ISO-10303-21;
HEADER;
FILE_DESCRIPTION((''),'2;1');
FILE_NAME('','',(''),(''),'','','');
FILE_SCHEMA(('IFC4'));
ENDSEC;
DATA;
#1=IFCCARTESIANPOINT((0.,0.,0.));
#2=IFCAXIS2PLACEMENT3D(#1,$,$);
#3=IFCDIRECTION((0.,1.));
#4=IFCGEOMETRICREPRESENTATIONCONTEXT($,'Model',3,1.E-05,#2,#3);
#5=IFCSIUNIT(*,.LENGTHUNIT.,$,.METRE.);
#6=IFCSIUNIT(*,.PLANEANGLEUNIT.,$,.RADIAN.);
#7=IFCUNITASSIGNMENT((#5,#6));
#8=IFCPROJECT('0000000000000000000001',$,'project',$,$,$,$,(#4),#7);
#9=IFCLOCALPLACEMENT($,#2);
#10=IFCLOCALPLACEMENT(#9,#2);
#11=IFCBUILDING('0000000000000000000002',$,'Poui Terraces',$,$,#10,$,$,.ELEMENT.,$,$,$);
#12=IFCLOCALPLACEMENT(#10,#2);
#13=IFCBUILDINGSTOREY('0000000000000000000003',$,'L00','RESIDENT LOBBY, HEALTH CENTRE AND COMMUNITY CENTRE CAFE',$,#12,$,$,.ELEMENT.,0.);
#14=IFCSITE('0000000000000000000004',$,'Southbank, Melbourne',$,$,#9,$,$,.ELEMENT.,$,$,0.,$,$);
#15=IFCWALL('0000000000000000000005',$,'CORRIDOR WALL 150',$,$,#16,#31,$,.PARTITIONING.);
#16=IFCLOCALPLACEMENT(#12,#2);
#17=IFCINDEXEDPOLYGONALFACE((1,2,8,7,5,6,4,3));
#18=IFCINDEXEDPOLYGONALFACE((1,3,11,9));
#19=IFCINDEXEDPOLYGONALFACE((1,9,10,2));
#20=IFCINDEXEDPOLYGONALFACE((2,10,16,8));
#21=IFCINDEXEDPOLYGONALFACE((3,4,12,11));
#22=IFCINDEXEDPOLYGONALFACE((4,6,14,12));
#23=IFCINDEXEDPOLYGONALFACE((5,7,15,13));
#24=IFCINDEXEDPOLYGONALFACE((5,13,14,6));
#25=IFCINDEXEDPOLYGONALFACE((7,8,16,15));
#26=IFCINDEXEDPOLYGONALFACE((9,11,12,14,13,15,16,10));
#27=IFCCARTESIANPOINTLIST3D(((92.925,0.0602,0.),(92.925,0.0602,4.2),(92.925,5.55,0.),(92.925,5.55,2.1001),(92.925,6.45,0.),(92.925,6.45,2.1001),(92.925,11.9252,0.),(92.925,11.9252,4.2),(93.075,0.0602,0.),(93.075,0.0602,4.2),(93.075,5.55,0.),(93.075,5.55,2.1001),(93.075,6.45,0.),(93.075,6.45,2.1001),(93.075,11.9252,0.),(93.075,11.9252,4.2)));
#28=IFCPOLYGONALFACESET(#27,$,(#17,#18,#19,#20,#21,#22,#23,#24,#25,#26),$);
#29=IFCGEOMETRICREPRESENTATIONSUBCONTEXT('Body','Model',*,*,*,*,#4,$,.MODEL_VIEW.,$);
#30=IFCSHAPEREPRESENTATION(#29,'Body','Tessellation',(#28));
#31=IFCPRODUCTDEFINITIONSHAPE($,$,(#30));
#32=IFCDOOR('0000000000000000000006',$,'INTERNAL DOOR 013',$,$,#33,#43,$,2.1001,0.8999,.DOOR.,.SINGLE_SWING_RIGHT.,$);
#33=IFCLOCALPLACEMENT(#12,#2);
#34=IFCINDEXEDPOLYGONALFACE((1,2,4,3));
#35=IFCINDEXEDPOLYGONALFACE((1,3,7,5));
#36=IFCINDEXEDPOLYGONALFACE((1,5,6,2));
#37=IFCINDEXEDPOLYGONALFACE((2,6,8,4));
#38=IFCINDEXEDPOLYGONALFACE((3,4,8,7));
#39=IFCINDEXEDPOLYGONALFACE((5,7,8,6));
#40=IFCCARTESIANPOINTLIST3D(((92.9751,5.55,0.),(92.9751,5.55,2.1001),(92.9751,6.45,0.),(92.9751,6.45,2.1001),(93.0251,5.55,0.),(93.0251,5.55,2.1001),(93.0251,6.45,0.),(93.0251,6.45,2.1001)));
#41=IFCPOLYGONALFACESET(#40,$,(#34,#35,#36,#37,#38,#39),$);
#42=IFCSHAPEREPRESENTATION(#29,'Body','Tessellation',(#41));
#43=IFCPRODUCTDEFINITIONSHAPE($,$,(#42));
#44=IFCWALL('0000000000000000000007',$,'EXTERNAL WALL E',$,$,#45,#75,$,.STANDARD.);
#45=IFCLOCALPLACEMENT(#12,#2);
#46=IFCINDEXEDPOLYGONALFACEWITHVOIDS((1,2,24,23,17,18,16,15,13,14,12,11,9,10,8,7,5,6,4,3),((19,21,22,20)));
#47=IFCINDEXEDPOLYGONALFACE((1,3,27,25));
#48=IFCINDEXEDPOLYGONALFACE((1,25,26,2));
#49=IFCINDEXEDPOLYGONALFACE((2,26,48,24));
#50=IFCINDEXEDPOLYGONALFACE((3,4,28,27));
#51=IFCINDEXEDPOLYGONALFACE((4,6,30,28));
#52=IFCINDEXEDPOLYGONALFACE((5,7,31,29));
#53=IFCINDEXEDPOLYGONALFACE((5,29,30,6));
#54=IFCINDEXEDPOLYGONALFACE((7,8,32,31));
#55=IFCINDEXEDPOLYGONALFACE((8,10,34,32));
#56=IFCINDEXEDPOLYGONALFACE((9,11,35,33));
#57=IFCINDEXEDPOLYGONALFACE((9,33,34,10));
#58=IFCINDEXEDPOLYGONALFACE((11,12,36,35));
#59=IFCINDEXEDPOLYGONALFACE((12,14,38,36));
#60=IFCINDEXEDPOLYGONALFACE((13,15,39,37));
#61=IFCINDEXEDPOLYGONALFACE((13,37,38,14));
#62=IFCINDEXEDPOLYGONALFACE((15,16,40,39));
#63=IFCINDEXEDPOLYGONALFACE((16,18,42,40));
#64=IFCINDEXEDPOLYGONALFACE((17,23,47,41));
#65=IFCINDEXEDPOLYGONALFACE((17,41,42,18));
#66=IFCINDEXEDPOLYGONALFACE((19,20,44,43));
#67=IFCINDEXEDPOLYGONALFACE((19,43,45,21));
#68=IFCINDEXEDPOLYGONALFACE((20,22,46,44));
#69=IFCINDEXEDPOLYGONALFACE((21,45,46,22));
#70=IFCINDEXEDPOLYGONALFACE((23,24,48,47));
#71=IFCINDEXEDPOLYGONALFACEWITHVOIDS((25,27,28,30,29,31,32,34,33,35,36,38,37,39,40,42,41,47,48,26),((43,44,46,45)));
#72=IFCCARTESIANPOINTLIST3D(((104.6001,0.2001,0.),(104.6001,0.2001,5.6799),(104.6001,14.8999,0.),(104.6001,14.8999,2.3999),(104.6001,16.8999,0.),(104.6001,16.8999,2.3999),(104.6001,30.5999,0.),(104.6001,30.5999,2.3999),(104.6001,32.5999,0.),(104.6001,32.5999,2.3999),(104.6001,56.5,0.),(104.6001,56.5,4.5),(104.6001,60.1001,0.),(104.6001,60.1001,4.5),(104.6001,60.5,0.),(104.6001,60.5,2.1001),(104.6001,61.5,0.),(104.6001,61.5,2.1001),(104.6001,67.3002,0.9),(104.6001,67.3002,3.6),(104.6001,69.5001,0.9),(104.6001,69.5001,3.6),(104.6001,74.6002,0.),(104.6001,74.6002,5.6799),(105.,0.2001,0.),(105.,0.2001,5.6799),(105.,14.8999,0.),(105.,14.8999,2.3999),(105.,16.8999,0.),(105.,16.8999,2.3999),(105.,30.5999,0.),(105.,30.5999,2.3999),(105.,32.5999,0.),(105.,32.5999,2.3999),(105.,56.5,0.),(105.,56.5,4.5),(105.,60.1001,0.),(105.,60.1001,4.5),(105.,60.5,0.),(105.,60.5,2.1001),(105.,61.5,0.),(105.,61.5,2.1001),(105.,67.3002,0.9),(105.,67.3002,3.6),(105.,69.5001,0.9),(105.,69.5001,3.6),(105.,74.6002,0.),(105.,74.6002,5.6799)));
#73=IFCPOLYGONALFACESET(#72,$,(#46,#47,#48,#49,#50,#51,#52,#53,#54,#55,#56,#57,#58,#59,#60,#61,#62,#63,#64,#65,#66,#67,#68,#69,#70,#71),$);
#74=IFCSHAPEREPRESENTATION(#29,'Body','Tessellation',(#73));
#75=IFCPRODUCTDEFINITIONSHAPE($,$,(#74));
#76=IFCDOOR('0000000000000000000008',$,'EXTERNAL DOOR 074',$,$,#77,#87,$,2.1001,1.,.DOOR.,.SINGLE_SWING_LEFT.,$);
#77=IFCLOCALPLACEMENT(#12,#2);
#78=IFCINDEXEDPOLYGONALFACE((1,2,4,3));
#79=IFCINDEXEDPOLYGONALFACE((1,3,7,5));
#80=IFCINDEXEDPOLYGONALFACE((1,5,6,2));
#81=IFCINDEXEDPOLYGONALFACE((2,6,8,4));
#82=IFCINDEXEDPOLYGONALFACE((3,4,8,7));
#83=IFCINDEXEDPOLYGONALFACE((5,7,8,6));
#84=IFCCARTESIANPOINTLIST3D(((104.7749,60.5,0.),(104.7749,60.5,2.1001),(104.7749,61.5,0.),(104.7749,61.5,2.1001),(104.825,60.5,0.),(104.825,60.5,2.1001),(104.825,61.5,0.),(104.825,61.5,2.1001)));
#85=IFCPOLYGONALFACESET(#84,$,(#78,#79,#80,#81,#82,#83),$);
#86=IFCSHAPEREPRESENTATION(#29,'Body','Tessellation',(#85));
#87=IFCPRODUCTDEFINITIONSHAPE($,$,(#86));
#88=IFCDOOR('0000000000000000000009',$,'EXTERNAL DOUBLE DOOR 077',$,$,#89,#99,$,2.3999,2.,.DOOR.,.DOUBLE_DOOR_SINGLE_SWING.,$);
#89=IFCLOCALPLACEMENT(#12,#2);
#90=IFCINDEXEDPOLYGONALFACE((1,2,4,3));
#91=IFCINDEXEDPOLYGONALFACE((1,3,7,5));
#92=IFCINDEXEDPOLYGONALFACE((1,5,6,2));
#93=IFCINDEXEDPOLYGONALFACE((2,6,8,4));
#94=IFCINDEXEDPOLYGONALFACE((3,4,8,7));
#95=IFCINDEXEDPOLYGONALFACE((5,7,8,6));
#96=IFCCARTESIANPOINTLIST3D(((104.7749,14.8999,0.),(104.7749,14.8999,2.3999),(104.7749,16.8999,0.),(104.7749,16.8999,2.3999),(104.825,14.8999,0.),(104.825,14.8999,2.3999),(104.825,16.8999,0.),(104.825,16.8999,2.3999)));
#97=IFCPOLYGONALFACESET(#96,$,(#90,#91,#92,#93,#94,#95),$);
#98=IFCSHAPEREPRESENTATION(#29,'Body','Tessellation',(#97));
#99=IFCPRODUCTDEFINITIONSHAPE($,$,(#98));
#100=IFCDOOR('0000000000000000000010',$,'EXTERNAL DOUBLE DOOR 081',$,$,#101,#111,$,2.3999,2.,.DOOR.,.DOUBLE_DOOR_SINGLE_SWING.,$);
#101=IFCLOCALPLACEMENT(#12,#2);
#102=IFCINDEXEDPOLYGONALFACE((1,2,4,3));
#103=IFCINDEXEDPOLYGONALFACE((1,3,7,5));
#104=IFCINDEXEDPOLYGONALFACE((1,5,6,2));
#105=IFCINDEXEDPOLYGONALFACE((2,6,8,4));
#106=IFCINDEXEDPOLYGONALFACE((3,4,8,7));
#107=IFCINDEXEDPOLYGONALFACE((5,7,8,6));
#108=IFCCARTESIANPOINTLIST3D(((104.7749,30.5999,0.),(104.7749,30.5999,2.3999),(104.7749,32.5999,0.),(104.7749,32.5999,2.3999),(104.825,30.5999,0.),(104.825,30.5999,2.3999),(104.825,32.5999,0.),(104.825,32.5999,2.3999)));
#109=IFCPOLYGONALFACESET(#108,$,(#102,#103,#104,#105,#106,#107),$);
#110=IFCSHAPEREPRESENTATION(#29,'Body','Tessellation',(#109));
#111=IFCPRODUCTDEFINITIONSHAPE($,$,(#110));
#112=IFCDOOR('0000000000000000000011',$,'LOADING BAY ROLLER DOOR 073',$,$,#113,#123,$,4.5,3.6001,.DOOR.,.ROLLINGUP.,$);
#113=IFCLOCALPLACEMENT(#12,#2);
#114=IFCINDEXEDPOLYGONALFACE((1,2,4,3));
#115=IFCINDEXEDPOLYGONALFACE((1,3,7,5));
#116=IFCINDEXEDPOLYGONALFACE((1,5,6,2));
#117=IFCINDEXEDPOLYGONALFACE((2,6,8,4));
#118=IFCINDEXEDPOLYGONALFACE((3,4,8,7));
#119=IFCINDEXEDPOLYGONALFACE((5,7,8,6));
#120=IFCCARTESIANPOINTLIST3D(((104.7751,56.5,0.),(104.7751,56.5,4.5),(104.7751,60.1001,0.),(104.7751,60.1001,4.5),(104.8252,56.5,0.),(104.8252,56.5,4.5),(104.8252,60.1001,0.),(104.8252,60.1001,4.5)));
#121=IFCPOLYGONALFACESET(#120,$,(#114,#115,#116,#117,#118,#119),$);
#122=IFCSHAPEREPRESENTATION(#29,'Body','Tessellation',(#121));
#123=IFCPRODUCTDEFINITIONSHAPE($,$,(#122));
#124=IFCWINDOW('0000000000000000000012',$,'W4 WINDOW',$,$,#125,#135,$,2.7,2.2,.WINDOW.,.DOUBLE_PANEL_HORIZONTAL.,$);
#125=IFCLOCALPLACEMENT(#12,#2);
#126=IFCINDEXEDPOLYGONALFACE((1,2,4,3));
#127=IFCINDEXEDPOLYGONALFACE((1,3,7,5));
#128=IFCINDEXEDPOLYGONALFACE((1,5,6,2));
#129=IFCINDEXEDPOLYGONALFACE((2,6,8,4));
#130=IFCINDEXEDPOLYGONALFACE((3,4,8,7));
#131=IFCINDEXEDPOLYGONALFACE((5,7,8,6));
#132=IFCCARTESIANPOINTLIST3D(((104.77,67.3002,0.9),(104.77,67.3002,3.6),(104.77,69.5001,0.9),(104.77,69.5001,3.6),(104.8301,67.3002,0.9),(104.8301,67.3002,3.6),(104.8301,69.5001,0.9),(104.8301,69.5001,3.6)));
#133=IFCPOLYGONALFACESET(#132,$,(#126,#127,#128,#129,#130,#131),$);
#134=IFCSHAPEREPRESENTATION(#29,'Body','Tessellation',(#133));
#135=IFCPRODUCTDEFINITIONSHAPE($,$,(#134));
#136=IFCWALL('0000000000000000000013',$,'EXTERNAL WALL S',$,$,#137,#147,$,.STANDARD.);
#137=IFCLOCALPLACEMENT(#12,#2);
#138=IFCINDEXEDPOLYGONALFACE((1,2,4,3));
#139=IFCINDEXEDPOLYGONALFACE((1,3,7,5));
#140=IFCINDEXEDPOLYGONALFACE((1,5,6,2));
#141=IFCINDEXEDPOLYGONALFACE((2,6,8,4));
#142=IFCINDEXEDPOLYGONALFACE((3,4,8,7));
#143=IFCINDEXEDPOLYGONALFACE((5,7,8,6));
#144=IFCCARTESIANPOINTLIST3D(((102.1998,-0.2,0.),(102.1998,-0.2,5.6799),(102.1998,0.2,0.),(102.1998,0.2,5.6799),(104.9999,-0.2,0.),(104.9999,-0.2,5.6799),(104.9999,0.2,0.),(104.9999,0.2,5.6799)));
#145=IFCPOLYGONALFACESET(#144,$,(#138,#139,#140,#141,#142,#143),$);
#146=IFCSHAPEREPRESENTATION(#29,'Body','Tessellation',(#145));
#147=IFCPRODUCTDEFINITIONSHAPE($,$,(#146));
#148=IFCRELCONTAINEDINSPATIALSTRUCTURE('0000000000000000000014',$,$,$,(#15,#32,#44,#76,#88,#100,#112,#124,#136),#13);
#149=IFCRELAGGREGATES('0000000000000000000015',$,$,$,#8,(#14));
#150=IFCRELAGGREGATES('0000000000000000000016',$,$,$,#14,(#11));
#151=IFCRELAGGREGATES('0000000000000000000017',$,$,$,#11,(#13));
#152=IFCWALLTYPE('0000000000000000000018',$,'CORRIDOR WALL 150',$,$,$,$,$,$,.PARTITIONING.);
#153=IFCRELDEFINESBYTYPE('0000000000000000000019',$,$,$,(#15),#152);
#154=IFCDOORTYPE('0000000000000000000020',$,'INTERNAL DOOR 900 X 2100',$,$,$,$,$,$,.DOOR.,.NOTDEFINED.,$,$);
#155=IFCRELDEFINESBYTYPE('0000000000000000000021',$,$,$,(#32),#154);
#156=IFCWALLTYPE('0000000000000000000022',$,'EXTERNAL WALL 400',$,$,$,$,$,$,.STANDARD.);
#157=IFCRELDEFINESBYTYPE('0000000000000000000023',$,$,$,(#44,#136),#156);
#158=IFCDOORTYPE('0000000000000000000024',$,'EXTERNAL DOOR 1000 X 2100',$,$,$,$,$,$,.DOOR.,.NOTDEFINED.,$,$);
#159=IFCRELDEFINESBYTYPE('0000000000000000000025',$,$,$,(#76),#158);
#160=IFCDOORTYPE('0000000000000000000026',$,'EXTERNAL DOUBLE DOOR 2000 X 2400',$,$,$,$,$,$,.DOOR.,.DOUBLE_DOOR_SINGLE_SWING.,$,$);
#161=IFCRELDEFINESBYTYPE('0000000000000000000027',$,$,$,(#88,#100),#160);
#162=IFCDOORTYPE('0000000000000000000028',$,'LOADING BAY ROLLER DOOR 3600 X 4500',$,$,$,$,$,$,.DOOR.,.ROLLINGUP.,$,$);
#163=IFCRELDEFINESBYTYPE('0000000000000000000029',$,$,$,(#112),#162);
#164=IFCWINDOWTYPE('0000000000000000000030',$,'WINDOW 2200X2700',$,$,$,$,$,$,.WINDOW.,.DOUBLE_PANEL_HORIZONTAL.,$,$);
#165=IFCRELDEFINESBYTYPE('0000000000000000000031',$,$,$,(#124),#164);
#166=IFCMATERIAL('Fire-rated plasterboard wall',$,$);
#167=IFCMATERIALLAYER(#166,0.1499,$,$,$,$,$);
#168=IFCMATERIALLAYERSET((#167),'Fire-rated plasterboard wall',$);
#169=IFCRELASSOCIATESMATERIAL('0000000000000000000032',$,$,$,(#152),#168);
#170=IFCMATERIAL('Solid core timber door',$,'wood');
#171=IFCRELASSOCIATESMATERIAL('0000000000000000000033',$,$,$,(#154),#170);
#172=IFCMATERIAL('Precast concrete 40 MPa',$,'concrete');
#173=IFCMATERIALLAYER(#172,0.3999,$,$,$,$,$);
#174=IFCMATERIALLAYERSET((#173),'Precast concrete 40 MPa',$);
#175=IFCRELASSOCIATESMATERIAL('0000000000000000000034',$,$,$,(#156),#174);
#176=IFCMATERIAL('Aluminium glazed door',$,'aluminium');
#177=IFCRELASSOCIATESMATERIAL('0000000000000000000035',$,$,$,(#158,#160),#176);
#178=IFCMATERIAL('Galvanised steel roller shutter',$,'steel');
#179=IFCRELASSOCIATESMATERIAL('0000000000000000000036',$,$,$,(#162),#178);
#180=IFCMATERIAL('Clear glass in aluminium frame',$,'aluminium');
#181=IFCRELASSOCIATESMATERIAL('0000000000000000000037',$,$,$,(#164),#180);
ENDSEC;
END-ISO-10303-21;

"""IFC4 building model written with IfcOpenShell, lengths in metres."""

from ifc_helpers import new_model, si_unit, direction, frame, frame_2d, origin, place, context, subcontext, project, spatial, rectangle, extrude, material, layer, layer_set, type_object, element, fill, save


model = new_model("IFC4")

# Units and contexts
model_context = context("Model", 3, precision=1e-05, world=origin(), true_north=direction((0.0, 1.0)))
body_context = subcontext(model_context, "Body", "Model", "MODEL_VIEW")
ifc_project = project(units=[si_unit("LENGTHUNIT", "METRE"), si_unit("PLANEANGLEUNIT", "RADIAN")], contexts=[model_context])

# Site, building, storey
site_placement = place(None, origin())
site = spatial("IfcSite", under=ifc_project, at=site_placement, Name="Southbank, Melbourne", CompositionType="ELEMENT", RefElevation=0.0)
building_placement = place(site_placement, origin())
building = spatial("IfcBuilding", under=site, at=building_placement, Name="Poui Terraces", CompositionType="ELEMENT")
storey_placement = place(building_placement, origin())
storey = spatial("IfcBuildingStorey", under=building, at=storey_placement, Name="L00", Description="RESIDENT LOBBY, HEALTH CENTRE AND COMMUNITY CENTRE CAFE", CompositionType="ELEMENT", Elevation=0.0)

# Wall, opening, door
ifc_material_1 = material(Name="Fire-rated plasterboard wall")
ifc_layer_1 = layer(ifc_material_1, 0.1499)
ifc_layer_set_1 = layer_set([ifc_layer_1], Name="Fire-rated plasterboard wall")
wall_type_1 = type_object("IfcWallType", Name="CORRIDOR WALL 150", PredefinedType="PARTITIONING", material=ifc_layer_set_1)
ifc_material_2 = material(Name="Solid core timber door", Category="wood")
door_type_1 = type_object("IfcDoorType", Name="INTERNAL DOOR 900 X 2100", OperationType="NOTDEFINED", PredefinedType="DOOR", material=ifc_material_2)
wall_1_placement = place(storey_placement, frame((93.0, 0.0601, 0.0), z_axis=(0.0, 0.0, 1.0), x_axis=(0.0, 1.0, 0.0)))
wall_1 = element("IfcWall", 1, at=wall_1_placement, inside=storey, type_object=wall_type_1, Name="CORRIDOR WALL 150", PredefinedType="PARTITIONING", context=body_context, shape_type="SweptSolid", body=[
    extrude(rectangle(XDim=11.865, YDim=0.1499, at=frame_2d((5.9326, 0.0))), origin(), (0.0, 0.0, 1.0), 4.2),
])
opening_1_placement = place(wall_1_placement, frame((5.49, 0.0, 0.0)))
opening_1 = element("IfcOpeningElement", 2, at=opening_1_placement, cuts=wall_1, PredefinedType="OPENING", context=body_context, shape_type="SweptSolid", body=[
    extrude(rectangle(XDim=0.8999, YDim=2.1001, at=frame_2d((0.45, 1.05))), frame((0.0, 0.085, 0.0), z_axis=(0.0, -1.0, 0.0), x_axis=(1.0, 0.0, 0.0)), (0.0, 0.0, 1.0), 0.1699),
])
door_1_placement = place(opening_1_placement, origin())
door_1 = element("IfcDoor", 3, at=door_1_placement, inside=storey, type_object=door_type_1, Name="INTERNAL DOOR 013", OperationType="SINGLE_SWING_RIGHT", OverallHeight=2.1001, OverallWidth=0.8999, PredefinedType="DOOR", context=body_context, shape_type="SweptSolid", body=[
    extrude(rectangle(XDim=0.8999, YDim=2.1001, at=frame_2d((0.45, 1.05))), frame((0.0, 0.0249, 0.0), z_axis=(0.0, -1.0, 0.0), x_axis=(1.0, 0.0, 0.0)), (0.0, 0.0, 1.0), 0.05),
])
fill(opening_1, door_1)

# Wall, openings, doors, window
ifc_material_3 = material(Name="Precast concrete 40 MPa", Category="concrete")
ifc_layer_2 = layer(ifc_material_3, 0.3999)
ifc_layer_set_2 = layer_set([ifc_layer_2], Name="Precast concrete 40 MPa")
wall_type_2 = type_object("IfcWallType", Name="EXTERNAL WALL 400", PredefinedType="STANDARD", material=ifc_layer_set_2)
wall_2_placement = place(storey_placement, frame((104.8, 0.2, 0.0), z_axis=(0.0, 0.0, 1.0), x_axis=(0.0, 1.0, 0.0)))
wall_2 = element("IfcWall", 4, at=wall_2_placement, inside=storey, type_object=wall_type_2, Name="EXTERNAL WALL E", PredefinedType="STANDARD", context=body_context, shape_type="SweptSolid", body=[
    extrude(rectangle(XDim=74.4001, YDim=0.3999, at=frame_2d((37.2002, 0.0))), origin(), (0.0, 0.0, 1.0), 5.6799),
])
opening_2_placement = place(wall_2_placement, frame((67.1001, 0.0, 0.8999)))
opening_2 = element("IfcOpeningElement", 5, at=opening_2_placement, cuts=wall_2, PredefinedType="OPENING", context=body_context, shape_type="SweptSolid", body=[
    extrude(rectangle(XDim=2.2, YDim=2.7, at=frame_2d((1.1001, 1.3501))), frame((0.0, 0.21, 0.0), z_axis=(0.0, -1.0, 0.0), x_axis=(1.0, 0.0, 0.0)), (0.0, 0.0, 1.0), 0.4199),
])
opening_3_placement = place(wall_2_placement, frame((56.3, 0.0, 0.0)))
opening_3 = element("IfcOpeningElement", 6, at=opening_3_placement, cuts=wall_2, PredefinedType="OPENING", context=body_context, shape_type="SweptSolid", body=[
    extrude(rectangle(XDim=3.6001, YDim=4.5, at=frame_2d((1.8, 2.25))), frame((0.0, 0.21, 0.0), z_axis=(0.0, -1.0, 0.0), x_axis=(1.0, 0.0, 0.0)), (0.0, 0.0, 1.0), 0.4199),
])
opening_4_placement = place(wall_2_placement, frame((60.3, 0.0, 0.0)))
opening_4 = element("IfcOpeningElement", 7, at=opening_4_placement, cuts=wall_2, PredefinedType="OPENING", context=body_context, shape_type="SweptSolid", body=[
    extrude(rectangle(XDim=1.0, YDim=2.1001, at=frame_2d((0.5, 1.05))), frame((0.0, 0.21, 0.0), z_axis=(0.0, -1.0, 0.0), x_axis=(1.0, 0.0, 0.0)), (0.0, 0.0, 1.0), 0.4199),
])
opening_5_placement = place(wall_2_placement, frame((14.7, 0.0, 0.0)))
opening_5 = element("IfcOpeningElement", 8, at=opening_5_placement, cuts=wall_2, PredefinedType="OPENING", context=body_context, shape_type="SweptSolid", body=[
    extrude(rectangle(XDim=2.0, YDim=2.3999, at=frame_2d((1.0, 1.2))), frame((0.0, 0.21, 0.0), z_axis=(0.0, -1.0, 0.0), x_axis=(1.0, 0.0, 0.0)), (0.0, 0.0, 1.0), 0.4199),
])
opening_6_placement = place(wall_2_placement, frame((30.3999, 0.0, 0.0)))
opening_6 = element("IfcOpeningElement", 9, at=opening_6_placement, cuts=wall_2, PredefinedType="OPENING", context=body_context, shape_type="SweptSolid", body=[
    extrude(rectangle(XDim=2.0, YDim=2.3999, at=frame_2d((1.0, 1.2))), frame((0.0, 0.21, 0.0), z_axis=(0.0, -1.0, 0.0), x_axis=(1.0, 0.0, 0.0)), (0.0, 0.0, 1.0), 0.4199),
])
ifc_material_4 = material(Name="Aluminium glazed door", Category="aluminium")
door_type_2 = type_object("IfcDoorType", Name="EXTERNAL DOOR 1000 X 2100", OperationType="NOTDEFINED", PredefinedType="DOOR", material=ifc_material_4)
door_2_placement = place(opening_4_placement, frame((1.0, 0.0, 0.0), z_axis=(0.0, 0.0, 1.0), x_axis=(-1.0, 0.0, 0.0)))
door_2 = element("IfcDoor", 10, at=door_2_placement, inside=storey, type_object=door_type_2, Name="EXTERNAL DOOR 074", OperationType="SINGLE_SWING_LEFT", OverallHeight=2.1001, OverallWidth=1.0, PredefinedType="DOOR", context=body_context, shape_type="SweptSolid", body=[
    extrude(rectangle(XDim=1.0, YDim=2.1001, at=frame_2d((0.5, 1.05))), frame((0.0, 0.0249, 0.0), z_axis=(0.0, -1.0, 0.0), x_axis=(1.0, 0.0, 0.0)), (0.0, 0.0, 1.0), 0.05),
])
fill(opening_4, door_2)
door_type_3 = type_object("IfcDoorType", Name="EXTERNAL DOUBLE DOOR 2000 X 2400", OperationType="DOUBLE_DOOR_SINGLE_SWING", PredefinedType="DOOR", material=ifc_material_4)
door_3_placement = place(opening_5_placement, frame((2.0, 0.0, 0.0), z_axis=(0.0, 0.0, 1.0), x_axis=(-1.0, 0.0, 0.0)))
door_3 = element("IfcDoor", 11, at=door_3_placement, inside=storey, type_object=door_type_3, Name="EXTERNAL DOUBLE DOOR 077", OperationType="DOUBLE_DOOR_SINGLE_SWING", OverallHeight=2.3999, OverallWidth=2.0, PredefinedType="DOOR", context=body_context, shape_type="SweptSolid", body=[
    extrude(rectangle(XDim=2.0, YDim=2.3999, at=frame_2d((1.0, 1.2))), frame((0.0, 0.0249, 0.0), z_axis=(0.0, -1.0, 0.0), x_axis=(1.0, 0.0, 0.0)), (0.0, 0.0, 1.0), 0.05),
])
fill(opening_5, door_3)
door_4_placement = place(opening_6_placement, frame((2.0, 0.0, 0.0), z_axis=(0.0, 0.0, 1.0), x_axis=(-1.0, 0.0, 0.0)))
door_4 = element("IfcDoor", 12, at=door_4_placement, inside=storey, type_object=door_type_3, Name="EXTERNAL DOUBLE DOOR 081", OperationType="DOUBLE_DOOR_SINGLE_SWING", OverallHeight=2.3999, OverallWidth=2.0, PredefinedType="DOOR", context=body_context, shape_type="SweptSolid", body=[
    extrude(rectangle(XDim=2.0, YDim=2.3999, at=frame_2d((1.0, 1.2))), frame((0.0, 0.0249, 0.0), z_axis=(0.0, -1.0, 0.0), x_axis=(1.0, 0.0, 0.0)), (0.0, 0.0, 1.0), 0.05),
])
fill(opening_6, door_4)
ifc_material_5 = material(Name="Galvanised steel roller shutter", Category="steel")
door_type_4 = type_object("IfcDoorType", Name="LOADING BAY ROLLER DOOR 3600 X 4500", OperationType="ROLLINGUP", PredefinedType="DOOR", material=ifc_material_5)
door_5_placement = place(opening_3_placement, origin())
door_5 = element("IfcDoor", 13, at=door_5_placement, inside=storey, type_object=door_type_4, Name="LOADING BAY ROLLER DOOR 073", OperationType="ROLLINGUP", OverallHeight=4.5, OverallWidth=3.6001, PredefinedType="DOOR", context=body_context, shape_type="SweptSolid", body=[
    extrude(rectangle(XDim=3.6001, YDim=4.5, at=frame_2d((1.8, 2.25))), frame((0.0, 0.0249, 0.0), z_axis=(0.0, -1.0, 0.0), x_axis=(1.0, 0.0, 0.0)), (0.0, 0.0, 1.0), 0.05),
])
fill(opening_3, door_5)
ifc_material_6 = material(Name="Clear glass in aluminium frame", Category="aluminium")
window_type = type_object("IfcWindowType", Name="WINDOW 2200X2700", PartitioningType="DOUBLE_PANEL_HORIZONTAL", PredefinedType="WINDOW", material=ifc_material_6)
window_placement = place(opening_2_placement, origin())
window = element("IfcWindow", 14, at=window_placement, inside=storey, type_object=window_type, Name="W4 WINDOW", OverallHeight=2.7, OverallWidth=2.2, PartitioningType="DOUBLE_PANEL_HORIZONTAL", PredefinedType="WINDOW", context=body_context, shape_type="SweptSolid", body=[
    extrude(rectangle(XDim=2.2, YDim=2.7, at=frame_2d((1.1001, 1.3501))), frame((0.0, 0.03, 0.0), z_axis=(0.0, -1.0, 0.0), x_axis=(1.0, 0.0, 0.0)), (0.0, 0.0, 1.0), 0.0601),
])
fill(opening_2, window)

# Wall
wall_3_placement = place(storey_placement, frame((102.2, 0.0, 0.0), z_axis=(0.0, 0.0, 1.0), x_axis=(1.0, 0.0, 0.0)))
element("IfcWall", 15, at=wall_3_placement, inside=storey, type_object=wall_type_2, Name="EXTERNAL WALL S", PredefinedType="STANDARD", context=body_context, shape_type="SweptSolid", body=[
    extrude(rectangle(XDim=2.8, YDim=0.3999, at=frame_2d((1.3999, 0.0))), origin(), (0.0, 0.0, 1.0), 5.6799),
])

save(model, "model.ifc")
